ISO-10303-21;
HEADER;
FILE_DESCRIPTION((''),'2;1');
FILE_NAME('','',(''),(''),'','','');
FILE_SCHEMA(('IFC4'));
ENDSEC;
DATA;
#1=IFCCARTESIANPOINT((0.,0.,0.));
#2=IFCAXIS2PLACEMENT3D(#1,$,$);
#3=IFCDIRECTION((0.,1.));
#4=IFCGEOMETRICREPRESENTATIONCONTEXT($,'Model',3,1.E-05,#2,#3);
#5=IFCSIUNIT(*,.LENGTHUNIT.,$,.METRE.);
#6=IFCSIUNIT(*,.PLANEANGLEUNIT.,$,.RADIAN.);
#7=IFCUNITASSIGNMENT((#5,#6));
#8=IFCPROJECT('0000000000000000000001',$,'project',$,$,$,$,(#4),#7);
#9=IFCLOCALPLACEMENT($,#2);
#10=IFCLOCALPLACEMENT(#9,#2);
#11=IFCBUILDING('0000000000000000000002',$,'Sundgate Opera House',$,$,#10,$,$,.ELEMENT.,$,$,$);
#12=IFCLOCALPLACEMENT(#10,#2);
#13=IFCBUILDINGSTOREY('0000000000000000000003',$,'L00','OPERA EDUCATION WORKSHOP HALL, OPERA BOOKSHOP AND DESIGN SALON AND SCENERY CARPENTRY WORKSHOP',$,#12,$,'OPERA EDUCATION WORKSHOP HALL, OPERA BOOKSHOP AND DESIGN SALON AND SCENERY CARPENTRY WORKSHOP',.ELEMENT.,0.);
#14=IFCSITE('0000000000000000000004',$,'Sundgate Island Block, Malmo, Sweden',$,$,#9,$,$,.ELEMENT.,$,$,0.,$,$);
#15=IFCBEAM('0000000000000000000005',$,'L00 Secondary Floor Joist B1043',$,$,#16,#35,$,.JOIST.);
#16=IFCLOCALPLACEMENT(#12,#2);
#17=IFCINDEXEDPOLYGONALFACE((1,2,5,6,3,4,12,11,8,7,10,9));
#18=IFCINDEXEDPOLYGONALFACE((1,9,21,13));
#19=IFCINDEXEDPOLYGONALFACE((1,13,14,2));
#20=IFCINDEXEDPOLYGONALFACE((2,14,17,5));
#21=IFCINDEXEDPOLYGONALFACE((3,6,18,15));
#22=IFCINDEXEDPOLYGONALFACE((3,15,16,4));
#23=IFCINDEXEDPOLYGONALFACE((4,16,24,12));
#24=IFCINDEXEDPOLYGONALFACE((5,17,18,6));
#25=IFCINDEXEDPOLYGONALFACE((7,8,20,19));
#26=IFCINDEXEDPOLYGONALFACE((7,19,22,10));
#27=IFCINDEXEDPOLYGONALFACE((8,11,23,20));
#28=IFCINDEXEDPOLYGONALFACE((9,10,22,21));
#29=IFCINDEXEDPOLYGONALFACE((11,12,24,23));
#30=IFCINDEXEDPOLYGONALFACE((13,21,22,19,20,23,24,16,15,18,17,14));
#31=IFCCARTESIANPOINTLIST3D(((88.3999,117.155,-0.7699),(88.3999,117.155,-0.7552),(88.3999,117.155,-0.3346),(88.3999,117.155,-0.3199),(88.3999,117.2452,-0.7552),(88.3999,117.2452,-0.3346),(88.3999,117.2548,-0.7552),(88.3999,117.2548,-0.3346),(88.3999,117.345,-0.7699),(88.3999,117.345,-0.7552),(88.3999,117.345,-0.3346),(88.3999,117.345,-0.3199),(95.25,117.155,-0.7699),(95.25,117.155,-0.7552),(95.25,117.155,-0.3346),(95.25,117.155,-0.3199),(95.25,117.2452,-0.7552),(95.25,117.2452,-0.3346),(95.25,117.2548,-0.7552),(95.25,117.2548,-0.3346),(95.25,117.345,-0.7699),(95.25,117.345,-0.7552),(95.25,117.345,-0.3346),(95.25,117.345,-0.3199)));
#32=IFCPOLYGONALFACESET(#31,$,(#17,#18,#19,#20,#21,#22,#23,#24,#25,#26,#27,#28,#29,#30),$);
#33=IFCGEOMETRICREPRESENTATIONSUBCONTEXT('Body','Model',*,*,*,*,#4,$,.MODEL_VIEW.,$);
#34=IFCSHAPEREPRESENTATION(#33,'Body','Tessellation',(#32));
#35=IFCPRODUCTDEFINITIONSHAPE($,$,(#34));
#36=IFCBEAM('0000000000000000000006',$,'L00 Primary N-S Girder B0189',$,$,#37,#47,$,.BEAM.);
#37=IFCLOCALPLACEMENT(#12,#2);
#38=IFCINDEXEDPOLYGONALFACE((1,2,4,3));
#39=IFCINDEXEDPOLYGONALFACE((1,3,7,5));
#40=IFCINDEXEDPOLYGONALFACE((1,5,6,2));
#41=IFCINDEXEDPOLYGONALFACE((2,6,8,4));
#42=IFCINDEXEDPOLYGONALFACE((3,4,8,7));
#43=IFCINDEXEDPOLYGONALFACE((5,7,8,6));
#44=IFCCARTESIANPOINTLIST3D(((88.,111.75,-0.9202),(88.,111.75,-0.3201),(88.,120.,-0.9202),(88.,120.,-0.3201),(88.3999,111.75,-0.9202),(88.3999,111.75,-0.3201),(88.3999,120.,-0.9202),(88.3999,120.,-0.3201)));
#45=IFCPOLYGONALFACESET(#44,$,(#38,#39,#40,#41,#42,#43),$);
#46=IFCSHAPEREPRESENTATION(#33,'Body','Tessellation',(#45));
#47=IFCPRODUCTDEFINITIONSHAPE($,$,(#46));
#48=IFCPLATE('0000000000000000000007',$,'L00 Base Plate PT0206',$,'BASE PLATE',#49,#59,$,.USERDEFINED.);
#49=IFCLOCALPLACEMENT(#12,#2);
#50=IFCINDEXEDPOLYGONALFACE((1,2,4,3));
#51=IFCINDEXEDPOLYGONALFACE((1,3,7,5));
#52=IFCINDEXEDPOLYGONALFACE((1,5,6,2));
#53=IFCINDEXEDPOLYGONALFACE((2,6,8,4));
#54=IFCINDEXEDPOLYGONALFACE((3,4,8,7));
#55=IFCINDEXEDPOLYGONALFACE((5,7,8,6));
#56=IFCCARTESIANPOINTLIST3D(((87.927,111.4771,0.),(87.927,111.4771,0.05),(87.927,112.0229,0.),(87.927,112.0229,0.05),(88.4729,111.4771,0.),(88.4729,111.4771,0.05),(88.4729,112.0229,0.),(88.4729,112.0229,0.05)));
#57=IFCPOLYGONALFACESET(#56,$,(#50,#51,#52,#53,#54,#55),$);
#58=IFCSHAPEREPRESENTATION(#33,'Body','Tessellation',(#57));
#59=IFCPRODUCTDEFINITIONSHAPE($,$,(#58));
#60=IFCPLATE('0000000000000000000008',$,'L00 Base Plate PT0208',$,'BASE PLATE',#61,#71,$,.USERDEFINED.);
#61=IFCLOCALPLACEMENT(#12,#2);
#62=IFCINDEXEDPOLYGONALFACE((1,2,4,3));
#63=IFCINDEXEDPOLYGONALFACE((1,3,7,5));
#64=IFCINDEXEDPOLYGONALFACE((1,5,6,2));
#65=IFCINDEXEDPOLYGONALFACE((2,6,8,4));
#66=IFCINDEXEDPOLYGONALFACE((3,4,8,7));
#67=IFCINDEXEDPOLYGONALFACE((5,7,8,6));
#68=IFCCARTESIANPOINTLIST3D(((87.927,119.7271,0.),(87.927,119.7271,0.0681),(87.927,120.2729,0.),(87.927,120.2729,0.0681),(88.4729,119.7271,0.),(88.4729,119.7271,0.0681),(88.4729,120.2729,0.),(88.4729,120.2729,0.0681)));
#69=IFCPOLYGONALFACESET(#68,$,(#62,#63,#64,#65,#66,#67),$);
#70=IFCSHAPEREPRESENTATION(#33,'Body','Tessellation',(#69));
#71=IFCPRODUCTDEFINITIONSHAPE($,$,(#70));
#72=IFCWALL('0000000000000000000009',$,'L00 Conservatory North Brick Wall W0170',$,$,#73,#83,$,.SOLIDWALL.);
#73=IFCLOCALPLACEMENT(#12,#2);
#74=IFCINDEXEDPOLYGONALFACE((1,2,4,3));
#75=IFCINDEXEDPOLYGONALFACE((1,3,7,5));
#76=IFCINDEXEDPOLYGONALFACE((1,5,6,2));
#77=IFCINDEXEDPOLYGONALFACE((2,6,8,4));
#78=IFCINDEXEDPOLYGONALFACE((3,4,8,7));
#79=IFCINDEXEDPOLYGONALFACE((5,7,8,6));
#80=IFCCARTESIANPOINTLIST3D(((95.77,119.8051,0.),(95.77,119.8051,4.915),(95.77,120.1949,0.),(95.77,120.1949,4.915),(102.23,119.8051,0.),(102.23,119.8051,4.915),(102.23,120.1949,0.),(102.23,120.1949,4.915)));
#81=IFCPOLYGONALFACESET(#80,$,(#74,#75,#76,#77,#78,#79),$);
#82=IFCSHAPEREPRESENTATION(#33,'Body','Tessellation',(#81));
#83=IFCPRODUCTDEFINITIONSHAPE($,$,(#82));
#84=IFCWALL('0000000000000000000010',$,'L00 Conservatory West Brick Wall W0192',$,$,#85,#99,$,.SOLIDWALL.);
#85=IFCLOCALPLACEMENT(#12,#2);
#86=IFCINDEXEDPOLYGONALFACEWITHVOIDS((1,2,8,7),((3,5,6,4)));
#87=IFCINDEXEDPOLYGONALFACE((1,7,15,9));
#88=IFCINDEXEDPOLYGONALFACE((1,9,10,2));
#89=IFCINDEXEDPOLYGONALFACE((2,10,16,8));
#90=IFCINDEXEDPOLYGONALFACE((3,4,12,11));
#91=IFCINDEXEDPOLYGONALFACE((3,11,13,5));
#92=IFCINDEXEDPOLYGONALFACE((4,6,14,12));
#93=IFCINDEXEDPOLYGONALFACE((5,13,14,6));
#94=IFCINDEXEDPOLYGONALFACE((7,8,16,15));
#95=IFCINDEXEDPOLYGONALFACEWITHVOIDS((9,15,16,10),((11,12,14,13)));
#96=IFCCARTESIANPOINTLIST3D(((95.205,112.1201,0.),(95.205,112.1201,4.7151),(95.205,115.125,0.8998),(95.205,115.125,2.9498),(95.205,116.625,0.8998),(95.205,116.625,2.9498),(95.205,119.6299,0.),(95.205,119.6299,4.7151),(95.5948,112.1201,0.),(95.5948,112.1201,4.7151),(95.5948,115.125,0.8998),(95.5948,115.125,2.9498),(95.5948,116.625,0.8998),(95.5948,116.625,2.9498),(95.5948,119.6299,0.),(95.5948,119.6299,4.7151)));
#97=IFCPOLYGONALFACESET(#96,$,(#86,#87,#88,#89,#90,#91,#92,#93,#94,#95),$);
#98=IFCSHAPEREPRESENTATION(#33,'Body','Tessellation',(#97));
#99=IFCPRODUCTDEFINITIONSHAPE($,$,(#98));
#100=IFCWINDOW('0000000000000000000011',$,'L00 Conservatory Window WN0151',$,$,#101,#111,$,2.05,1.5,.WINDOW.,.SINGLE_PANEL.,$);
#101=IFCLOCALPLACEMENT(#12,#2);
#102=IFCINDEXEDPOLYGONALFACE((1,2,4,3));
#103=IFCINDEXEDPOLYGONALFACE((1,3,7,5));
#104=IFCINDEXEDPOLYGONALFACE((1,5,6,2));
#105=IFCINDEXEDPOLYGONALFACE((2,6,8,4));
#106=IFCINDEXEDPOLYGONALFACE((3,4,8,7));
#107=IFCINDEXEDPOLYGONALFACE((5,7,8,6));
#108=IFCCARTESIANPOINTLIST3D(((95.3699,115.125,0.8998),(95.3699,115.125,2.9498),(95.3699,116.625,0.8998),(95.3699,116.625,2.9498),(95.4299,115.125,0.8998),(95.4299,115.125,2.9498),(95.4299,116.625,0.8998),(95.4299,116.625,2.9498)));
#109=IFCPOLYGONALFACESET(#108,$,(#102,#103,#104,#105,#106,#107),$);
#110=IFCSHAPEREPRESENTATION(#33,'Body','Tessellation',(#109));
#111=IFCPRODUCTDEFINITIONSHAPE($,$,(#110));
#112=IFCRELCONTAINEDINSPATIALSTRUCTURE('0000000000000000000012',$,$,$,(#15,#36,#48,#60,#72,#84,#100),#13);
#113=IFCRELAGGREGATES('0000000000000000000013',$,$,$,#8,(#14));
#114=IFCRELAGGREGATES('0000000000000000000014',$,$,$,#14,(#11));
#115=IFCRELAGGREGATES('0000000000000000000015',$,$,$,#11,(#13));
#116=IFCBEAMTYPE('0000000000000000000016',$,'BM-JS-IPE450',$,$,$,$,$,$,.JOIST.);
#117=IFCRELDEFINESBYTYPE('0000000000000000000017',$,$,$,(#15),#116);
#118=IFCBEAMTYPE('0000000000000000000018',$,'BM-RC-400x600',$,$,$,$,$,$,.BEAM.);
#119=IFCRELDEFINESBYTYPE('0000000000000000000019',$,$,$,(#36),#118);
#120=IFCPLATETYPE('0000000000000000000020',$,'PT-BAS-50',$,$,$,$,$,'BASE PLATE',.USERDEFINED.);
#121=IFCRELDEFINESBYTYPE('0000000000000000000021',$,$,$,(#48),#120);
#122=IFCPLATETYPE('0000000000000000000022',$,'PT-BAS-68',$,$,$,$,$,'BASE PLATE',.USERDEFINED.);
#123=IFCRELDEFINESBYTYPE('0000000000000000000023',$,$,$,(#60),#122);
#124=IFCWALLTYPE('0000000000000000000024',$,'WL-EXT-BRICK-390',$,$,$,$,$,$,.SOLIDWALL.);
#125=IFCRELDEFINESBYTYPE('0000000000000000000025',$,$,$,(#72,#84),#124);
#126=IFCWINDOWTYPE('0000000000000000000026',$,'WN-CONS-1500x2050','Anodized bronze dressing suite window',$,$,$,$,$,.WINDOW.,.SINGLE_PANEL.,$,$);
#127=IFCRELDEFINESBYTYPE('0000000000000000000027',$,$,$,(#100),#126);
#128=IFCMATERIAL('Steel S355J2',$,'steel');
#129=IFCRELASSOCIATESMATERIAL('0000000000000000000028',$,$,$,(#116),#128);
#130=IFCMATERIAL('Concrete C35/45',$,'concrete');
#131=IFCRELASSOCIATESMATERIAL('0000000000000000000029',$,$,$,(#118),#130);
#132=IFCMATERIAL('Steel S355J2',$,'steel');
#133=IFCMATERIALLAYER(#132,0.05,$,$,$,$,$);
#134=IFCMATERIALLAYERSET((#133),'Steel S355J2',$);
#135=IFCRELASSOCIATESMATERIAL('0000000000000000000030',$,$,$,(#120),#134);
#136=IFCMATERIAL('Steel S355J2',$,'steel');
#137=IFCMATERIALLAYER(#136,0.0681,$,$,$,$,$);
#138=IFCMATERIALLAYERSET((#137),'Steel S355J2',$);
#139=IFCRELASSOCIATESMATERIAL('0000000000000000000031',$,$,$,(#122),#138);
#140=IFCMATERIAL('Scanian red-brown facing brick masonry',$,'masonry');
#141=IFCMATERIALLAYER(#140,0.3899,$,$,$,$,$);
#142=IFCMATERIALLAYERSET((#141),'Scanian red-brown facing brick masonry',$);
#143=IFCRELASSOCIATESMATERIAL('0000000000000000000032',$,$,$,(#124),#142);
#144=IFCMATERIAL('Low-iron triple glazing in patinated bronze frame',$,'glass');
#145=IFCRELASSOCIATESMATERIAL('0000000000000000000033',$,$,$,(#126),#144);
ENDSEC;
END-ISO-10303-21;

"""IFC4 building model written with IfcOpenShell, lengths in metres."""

from ifc_helpers import new_model, si_unit, direction, frame, frame_2d, origin, origin_2d, place, context, subcontext, project, spatial, rectangle, i_section, extrude, material, layer, layer_set, material_profile, profile_set, type_object, element, fill, save


model = new_model("IFC4")

# Units and contexts
model_context = context("Model", 3, precision=1e-05, world=origin(), true_north=direction((0.0, 1.0)))
body_context = subcontext(model_context, "Body", "Model", "MODEL_VIEW")
ifc_project = project(units=[si_unit("LENGTHUNIT", "METRE"), si_unit("PLANEANGLEUNIT", "RADIAN")], contexts=[model_context])

# Site, building, storey
site_placement = place(None, origin())
site = spatial("IfcSite", under=ifc_project, at=site_placement, Name="Sundgate Island Block, Malmo, Sweden", CompositionType="ELEMENT", RefElevation=0.0)
building_placement = place(site_placement, origin())
building = spatial("IfcBuilding", under=site, at=building_placement, Name="Sundgate Opera House", CompositionType="ELEMENT")
storey_placement = place(building_placement, origin())
storey = spatial("IfcBuildingStorey", under=building, at=storey_placement, Name="L00", Description="OPERA EDUCATION WORKSHOP HALL, OPERA BOOKSHOP AND DESIGN SALON AND SCENERY CARPENTRY WORKSHOP", LongName="OPERA EDUCATION WORKSHOP HALL, OPERA BOOKSHOP AND DESIGN SALON AND SCENERY CARPENTRY WORKSHOP", CompositionType="ELEMENT", Elevation=0.0)

# Beams
ifc_material_1 = material(Name="Steel S355J2", Category="steel")
ifc_material_profile_1 = material_profile(ifc_material_1, i_section(OverallWidth=0.1899, OverallDepth=0.45, WebThickness=0.0095, FlangeThickness=0.0146, at=origin_2d()), Name="IPE 450")
ifc_profile_set_1 = profile_set([ifc_material_profile_1], Name="Steel S355J2")
beam_type_1 = type_object("IfcBeamType", Name="BM-JS-IPE450", PredefinedType="JOIST", material=ifc_profile_set_1)
beam_1_placement = place(storey_placement, frame((88.3999, 117.25, -0.5449), z_axis=(1.0, 0.0, 0.0), x_axis=(0.0, 1.0, 0.0)))
element("IfcBeam", 1, at=beam_1_placement, inside=storey, type_object=beam_type_1, Name="L00 Secondary Floor Joist B1043", PredefinedType="JOIST", context=body_context, shape_type="SweptSolid", body=[
    extrude(i_section(OverallWidth=0.1899, OverallDepth=0.45, WebThickness=0.0095, FlangeThickness=0.0146, at=origin_2d()), origin(), (0.0, 0.0, 1.0), 6.8501),
])
ifc_material_2 = material(Name="Concrete C35/45", Category="concrete")
ifc_material_profile_2 = material_profile(ifc_material_2, rectangle(XDim=0.3999, YDim=0.6001, at=origin_2d()), Name="RC 400x600")
ifc_profile_set_2 = profile_set([ifc_material_profile_2], Name="Concrete C35/45")
beam_type_2 = type_object("IfcBeamType", Name="BM-RC-400x600", PredefinedType="BEAM", material=ifc_profile_set_2)
beam_2_placement = place(storey_placement, frame((88.2, 111.75, -0.6201), z_axis=(0.0, 1.0, 0.0), x_axis=(-1.0, 0.0, 0.0)))
element("IfcBeam", 2, at=beam_2_placement, inside=storey, type_object=beam_type_2, Name="L00 Primary N-S Girder B0189", PredefinedType="BEAM", context=body_context, shape_type="SweptSolid", body=[
    extrude(rectangle(XDim=0.3999, YDim=0.6001, at=origin_2d()), origin(), (0.0, 0.0, 1.0), 8.25),
])

# Plates
ifc_material_3 = material(Name="Steel S355J2", Category="steel")
ifc_layer_1 = layer(ifc_material_3, 0.05)
ifc_layer_set_1 = layer_set([ifc_layer_1], Name="Steel S355J2")
plate_type_1 = type_object("IfcPlateType", Name="PT-BAS-50", ElementType="BASE PLATE", PredefinedType="USERDEFINED", material=ifc_layer_set_1)
plate_1_placement = place(storey_placement, frame((88.2, 111.75, 0.0), z_axis=(0.0, 0.0, 1.0), x_axis=(1.0, 0.0, 0.0)))
element("IfcPlate", 3, at=plate_1_placement, inside=storey, type_object=plate_type_1, Name="L00 Base Plate PT0206", ObjectType="BASE PLATE", PredefinedType="USERDEFINED", context=body_context, shape_type="SweptSolid", body=[
    extrude(rectangle(XDim=0.5459, YDim=0.5459, at=origin_2d()), origin(), (0.0, 0.0, 1.0), 0.05),
])
ifc_material_4 = material(Name="Steel S355J2", Category="steel")
ifc_layer_2 = layer(ifc_material_4, 0.0681)
ifc_layer_set_2 = layer_set([ifc_layer_2], Name="Steel S355J2")
plate_type_2 = type_object("IfcPlateType", Name="PT-BAS-68", ElementType="BASE PLATE", PredefinedType="USERDEFINED", material=ifc_layer_set_2)
plate_2_placement = place(storey_placement, frame((88.2, 120.0, 0.0), z_axis=(0.0, 0.0, 1.0), x_axis=(1.0, 0.0, 0.0)))
element("IfcPlate", 4, at=plate_2_placement, inside=storey, type_object=plate_type_2, Name="L00 Base Plate PT0208", ObjectType="BASE PLATE", PredefinedType="USERDEFINED", context=body_context, shape_type="SweptSolid", body=[
    extrude(rectangle(XDim=0.5459, YDim=0.5459, at=origin_2d()), origin(), (0.0, 0.0, 1.0), 0.0681),
])

# Wall
ifc_material_5 = material(Name="Scanian red-brown facing brick masonry", Category="masonry")
ifc_layer_3 = layer(ifc_material_5, 0.3899)
ifc_layer_set_3 = layer_set([ifc_layer_3], Name="Scanian red-brown facing brick masonry")
wall_type = type_object("IfcWallType", Name="WL-EXT-BRICK-390", PredefinedType="SOLIDWALL", material=ifc_layer_set_3)
wall_1_placement = place(storey_placement, frame((95.77, 120.0, 0.0), z_axis=(0.0, 0.0, 1.0), x_axis=(1.0, 0.0, 0.0)))
element("IfcWall", 5, at=wall_1_placement, inside=storey, type_object=wall_type, Name="L00 Conservatory North Brick Wall W0170", PredefinedType="SOLIDWALL", context=body_context, shape_type="SweptSolid", body=[
    extrude(rectangle(XDim=6.46, YDim=0.3899, at=frame_2d((3.23, 0.0))), origin(), (0.0, 0.0, 1.0), 4.915),
])

# Wall, opening, window
wall_2_placement = place(storey_placement, frame((95.3999, 119.6299, 0.0), z_axis=(0.0, 0.0, 1.0), x_axis=(0.0, -1.0, 0.0)))
wall_2 = element("IfcWall", 6, at=wall_2_placement, inside=storey, type_object=wall_type, Name="L00 Conservatory West Brick Wall W0192", PredefinedType="SOLIDWALL", context=body_context, shape_type="SweptSolid", body=[
    extrude(rectangle(XDim=7.5098, YDim=0.3899, at=frame_2d((3.7549, 0.0))), origin(), (0.0, 0.0, 1.0), 4.7151),
])
opening_placement = place(wall_2_placement, frame((3.0049, 0.0, 0.8999)))
opening = element("IfcOpeningElement", 7, at=opening_placement, cuts=wall_2, PredefinedType="OPENING", context=body_context, shape_type="SweptSolid", body=[
    extrude(rectangle(XDim=1.5, YDim=2.05, at=frame_2d((0.75, 1.0249))), frame((0.0, 0.2048, 0.0), z_axis=(0.0, -1.0, 0.0), x_axis=(1.0, 0.0, 0.0)), (0.0, 0.0, 1.0), 0.4099),
])
ifc_material_6 = material(Name="Low-iron triple glazing in patinated bronze frame", Category="glass")
window_type = type_object("IfcWindowType", Name="WN-CONS-1500x2050", Description="Anodized bronze dressing suite window", PartitioningType="SINGLE_PANEL", PredefinedType="WINDOW", material=ifc_material_6)
window_placement = place(opening_placement, origin())
window = element("IfcWindow", 8, at=window_placement, inside=storey, type_object=window_type, Name="L00 Conservatory Window WN0151", OverallHeight=2.05, OverallWidth=1.5, PartitioningType="SINGLE_PANEL", PredefinedType="WINDOW", context=body_context, shape_type="SweptSolid", body=[
    extrude(rectangle(XDim=1.5, YDim=2.05, at=frame_2d((0.75, 1.0249))), frame((0.0, 0.03, 0.0), z_axis=(0.0, -1.0, 0.0), x_axis=(1.0, 0.0, 0.0)), (0.0, 0.0, 1.0), 0.0601),
])
fill(opening, window)

save(model, "model.ifc")
